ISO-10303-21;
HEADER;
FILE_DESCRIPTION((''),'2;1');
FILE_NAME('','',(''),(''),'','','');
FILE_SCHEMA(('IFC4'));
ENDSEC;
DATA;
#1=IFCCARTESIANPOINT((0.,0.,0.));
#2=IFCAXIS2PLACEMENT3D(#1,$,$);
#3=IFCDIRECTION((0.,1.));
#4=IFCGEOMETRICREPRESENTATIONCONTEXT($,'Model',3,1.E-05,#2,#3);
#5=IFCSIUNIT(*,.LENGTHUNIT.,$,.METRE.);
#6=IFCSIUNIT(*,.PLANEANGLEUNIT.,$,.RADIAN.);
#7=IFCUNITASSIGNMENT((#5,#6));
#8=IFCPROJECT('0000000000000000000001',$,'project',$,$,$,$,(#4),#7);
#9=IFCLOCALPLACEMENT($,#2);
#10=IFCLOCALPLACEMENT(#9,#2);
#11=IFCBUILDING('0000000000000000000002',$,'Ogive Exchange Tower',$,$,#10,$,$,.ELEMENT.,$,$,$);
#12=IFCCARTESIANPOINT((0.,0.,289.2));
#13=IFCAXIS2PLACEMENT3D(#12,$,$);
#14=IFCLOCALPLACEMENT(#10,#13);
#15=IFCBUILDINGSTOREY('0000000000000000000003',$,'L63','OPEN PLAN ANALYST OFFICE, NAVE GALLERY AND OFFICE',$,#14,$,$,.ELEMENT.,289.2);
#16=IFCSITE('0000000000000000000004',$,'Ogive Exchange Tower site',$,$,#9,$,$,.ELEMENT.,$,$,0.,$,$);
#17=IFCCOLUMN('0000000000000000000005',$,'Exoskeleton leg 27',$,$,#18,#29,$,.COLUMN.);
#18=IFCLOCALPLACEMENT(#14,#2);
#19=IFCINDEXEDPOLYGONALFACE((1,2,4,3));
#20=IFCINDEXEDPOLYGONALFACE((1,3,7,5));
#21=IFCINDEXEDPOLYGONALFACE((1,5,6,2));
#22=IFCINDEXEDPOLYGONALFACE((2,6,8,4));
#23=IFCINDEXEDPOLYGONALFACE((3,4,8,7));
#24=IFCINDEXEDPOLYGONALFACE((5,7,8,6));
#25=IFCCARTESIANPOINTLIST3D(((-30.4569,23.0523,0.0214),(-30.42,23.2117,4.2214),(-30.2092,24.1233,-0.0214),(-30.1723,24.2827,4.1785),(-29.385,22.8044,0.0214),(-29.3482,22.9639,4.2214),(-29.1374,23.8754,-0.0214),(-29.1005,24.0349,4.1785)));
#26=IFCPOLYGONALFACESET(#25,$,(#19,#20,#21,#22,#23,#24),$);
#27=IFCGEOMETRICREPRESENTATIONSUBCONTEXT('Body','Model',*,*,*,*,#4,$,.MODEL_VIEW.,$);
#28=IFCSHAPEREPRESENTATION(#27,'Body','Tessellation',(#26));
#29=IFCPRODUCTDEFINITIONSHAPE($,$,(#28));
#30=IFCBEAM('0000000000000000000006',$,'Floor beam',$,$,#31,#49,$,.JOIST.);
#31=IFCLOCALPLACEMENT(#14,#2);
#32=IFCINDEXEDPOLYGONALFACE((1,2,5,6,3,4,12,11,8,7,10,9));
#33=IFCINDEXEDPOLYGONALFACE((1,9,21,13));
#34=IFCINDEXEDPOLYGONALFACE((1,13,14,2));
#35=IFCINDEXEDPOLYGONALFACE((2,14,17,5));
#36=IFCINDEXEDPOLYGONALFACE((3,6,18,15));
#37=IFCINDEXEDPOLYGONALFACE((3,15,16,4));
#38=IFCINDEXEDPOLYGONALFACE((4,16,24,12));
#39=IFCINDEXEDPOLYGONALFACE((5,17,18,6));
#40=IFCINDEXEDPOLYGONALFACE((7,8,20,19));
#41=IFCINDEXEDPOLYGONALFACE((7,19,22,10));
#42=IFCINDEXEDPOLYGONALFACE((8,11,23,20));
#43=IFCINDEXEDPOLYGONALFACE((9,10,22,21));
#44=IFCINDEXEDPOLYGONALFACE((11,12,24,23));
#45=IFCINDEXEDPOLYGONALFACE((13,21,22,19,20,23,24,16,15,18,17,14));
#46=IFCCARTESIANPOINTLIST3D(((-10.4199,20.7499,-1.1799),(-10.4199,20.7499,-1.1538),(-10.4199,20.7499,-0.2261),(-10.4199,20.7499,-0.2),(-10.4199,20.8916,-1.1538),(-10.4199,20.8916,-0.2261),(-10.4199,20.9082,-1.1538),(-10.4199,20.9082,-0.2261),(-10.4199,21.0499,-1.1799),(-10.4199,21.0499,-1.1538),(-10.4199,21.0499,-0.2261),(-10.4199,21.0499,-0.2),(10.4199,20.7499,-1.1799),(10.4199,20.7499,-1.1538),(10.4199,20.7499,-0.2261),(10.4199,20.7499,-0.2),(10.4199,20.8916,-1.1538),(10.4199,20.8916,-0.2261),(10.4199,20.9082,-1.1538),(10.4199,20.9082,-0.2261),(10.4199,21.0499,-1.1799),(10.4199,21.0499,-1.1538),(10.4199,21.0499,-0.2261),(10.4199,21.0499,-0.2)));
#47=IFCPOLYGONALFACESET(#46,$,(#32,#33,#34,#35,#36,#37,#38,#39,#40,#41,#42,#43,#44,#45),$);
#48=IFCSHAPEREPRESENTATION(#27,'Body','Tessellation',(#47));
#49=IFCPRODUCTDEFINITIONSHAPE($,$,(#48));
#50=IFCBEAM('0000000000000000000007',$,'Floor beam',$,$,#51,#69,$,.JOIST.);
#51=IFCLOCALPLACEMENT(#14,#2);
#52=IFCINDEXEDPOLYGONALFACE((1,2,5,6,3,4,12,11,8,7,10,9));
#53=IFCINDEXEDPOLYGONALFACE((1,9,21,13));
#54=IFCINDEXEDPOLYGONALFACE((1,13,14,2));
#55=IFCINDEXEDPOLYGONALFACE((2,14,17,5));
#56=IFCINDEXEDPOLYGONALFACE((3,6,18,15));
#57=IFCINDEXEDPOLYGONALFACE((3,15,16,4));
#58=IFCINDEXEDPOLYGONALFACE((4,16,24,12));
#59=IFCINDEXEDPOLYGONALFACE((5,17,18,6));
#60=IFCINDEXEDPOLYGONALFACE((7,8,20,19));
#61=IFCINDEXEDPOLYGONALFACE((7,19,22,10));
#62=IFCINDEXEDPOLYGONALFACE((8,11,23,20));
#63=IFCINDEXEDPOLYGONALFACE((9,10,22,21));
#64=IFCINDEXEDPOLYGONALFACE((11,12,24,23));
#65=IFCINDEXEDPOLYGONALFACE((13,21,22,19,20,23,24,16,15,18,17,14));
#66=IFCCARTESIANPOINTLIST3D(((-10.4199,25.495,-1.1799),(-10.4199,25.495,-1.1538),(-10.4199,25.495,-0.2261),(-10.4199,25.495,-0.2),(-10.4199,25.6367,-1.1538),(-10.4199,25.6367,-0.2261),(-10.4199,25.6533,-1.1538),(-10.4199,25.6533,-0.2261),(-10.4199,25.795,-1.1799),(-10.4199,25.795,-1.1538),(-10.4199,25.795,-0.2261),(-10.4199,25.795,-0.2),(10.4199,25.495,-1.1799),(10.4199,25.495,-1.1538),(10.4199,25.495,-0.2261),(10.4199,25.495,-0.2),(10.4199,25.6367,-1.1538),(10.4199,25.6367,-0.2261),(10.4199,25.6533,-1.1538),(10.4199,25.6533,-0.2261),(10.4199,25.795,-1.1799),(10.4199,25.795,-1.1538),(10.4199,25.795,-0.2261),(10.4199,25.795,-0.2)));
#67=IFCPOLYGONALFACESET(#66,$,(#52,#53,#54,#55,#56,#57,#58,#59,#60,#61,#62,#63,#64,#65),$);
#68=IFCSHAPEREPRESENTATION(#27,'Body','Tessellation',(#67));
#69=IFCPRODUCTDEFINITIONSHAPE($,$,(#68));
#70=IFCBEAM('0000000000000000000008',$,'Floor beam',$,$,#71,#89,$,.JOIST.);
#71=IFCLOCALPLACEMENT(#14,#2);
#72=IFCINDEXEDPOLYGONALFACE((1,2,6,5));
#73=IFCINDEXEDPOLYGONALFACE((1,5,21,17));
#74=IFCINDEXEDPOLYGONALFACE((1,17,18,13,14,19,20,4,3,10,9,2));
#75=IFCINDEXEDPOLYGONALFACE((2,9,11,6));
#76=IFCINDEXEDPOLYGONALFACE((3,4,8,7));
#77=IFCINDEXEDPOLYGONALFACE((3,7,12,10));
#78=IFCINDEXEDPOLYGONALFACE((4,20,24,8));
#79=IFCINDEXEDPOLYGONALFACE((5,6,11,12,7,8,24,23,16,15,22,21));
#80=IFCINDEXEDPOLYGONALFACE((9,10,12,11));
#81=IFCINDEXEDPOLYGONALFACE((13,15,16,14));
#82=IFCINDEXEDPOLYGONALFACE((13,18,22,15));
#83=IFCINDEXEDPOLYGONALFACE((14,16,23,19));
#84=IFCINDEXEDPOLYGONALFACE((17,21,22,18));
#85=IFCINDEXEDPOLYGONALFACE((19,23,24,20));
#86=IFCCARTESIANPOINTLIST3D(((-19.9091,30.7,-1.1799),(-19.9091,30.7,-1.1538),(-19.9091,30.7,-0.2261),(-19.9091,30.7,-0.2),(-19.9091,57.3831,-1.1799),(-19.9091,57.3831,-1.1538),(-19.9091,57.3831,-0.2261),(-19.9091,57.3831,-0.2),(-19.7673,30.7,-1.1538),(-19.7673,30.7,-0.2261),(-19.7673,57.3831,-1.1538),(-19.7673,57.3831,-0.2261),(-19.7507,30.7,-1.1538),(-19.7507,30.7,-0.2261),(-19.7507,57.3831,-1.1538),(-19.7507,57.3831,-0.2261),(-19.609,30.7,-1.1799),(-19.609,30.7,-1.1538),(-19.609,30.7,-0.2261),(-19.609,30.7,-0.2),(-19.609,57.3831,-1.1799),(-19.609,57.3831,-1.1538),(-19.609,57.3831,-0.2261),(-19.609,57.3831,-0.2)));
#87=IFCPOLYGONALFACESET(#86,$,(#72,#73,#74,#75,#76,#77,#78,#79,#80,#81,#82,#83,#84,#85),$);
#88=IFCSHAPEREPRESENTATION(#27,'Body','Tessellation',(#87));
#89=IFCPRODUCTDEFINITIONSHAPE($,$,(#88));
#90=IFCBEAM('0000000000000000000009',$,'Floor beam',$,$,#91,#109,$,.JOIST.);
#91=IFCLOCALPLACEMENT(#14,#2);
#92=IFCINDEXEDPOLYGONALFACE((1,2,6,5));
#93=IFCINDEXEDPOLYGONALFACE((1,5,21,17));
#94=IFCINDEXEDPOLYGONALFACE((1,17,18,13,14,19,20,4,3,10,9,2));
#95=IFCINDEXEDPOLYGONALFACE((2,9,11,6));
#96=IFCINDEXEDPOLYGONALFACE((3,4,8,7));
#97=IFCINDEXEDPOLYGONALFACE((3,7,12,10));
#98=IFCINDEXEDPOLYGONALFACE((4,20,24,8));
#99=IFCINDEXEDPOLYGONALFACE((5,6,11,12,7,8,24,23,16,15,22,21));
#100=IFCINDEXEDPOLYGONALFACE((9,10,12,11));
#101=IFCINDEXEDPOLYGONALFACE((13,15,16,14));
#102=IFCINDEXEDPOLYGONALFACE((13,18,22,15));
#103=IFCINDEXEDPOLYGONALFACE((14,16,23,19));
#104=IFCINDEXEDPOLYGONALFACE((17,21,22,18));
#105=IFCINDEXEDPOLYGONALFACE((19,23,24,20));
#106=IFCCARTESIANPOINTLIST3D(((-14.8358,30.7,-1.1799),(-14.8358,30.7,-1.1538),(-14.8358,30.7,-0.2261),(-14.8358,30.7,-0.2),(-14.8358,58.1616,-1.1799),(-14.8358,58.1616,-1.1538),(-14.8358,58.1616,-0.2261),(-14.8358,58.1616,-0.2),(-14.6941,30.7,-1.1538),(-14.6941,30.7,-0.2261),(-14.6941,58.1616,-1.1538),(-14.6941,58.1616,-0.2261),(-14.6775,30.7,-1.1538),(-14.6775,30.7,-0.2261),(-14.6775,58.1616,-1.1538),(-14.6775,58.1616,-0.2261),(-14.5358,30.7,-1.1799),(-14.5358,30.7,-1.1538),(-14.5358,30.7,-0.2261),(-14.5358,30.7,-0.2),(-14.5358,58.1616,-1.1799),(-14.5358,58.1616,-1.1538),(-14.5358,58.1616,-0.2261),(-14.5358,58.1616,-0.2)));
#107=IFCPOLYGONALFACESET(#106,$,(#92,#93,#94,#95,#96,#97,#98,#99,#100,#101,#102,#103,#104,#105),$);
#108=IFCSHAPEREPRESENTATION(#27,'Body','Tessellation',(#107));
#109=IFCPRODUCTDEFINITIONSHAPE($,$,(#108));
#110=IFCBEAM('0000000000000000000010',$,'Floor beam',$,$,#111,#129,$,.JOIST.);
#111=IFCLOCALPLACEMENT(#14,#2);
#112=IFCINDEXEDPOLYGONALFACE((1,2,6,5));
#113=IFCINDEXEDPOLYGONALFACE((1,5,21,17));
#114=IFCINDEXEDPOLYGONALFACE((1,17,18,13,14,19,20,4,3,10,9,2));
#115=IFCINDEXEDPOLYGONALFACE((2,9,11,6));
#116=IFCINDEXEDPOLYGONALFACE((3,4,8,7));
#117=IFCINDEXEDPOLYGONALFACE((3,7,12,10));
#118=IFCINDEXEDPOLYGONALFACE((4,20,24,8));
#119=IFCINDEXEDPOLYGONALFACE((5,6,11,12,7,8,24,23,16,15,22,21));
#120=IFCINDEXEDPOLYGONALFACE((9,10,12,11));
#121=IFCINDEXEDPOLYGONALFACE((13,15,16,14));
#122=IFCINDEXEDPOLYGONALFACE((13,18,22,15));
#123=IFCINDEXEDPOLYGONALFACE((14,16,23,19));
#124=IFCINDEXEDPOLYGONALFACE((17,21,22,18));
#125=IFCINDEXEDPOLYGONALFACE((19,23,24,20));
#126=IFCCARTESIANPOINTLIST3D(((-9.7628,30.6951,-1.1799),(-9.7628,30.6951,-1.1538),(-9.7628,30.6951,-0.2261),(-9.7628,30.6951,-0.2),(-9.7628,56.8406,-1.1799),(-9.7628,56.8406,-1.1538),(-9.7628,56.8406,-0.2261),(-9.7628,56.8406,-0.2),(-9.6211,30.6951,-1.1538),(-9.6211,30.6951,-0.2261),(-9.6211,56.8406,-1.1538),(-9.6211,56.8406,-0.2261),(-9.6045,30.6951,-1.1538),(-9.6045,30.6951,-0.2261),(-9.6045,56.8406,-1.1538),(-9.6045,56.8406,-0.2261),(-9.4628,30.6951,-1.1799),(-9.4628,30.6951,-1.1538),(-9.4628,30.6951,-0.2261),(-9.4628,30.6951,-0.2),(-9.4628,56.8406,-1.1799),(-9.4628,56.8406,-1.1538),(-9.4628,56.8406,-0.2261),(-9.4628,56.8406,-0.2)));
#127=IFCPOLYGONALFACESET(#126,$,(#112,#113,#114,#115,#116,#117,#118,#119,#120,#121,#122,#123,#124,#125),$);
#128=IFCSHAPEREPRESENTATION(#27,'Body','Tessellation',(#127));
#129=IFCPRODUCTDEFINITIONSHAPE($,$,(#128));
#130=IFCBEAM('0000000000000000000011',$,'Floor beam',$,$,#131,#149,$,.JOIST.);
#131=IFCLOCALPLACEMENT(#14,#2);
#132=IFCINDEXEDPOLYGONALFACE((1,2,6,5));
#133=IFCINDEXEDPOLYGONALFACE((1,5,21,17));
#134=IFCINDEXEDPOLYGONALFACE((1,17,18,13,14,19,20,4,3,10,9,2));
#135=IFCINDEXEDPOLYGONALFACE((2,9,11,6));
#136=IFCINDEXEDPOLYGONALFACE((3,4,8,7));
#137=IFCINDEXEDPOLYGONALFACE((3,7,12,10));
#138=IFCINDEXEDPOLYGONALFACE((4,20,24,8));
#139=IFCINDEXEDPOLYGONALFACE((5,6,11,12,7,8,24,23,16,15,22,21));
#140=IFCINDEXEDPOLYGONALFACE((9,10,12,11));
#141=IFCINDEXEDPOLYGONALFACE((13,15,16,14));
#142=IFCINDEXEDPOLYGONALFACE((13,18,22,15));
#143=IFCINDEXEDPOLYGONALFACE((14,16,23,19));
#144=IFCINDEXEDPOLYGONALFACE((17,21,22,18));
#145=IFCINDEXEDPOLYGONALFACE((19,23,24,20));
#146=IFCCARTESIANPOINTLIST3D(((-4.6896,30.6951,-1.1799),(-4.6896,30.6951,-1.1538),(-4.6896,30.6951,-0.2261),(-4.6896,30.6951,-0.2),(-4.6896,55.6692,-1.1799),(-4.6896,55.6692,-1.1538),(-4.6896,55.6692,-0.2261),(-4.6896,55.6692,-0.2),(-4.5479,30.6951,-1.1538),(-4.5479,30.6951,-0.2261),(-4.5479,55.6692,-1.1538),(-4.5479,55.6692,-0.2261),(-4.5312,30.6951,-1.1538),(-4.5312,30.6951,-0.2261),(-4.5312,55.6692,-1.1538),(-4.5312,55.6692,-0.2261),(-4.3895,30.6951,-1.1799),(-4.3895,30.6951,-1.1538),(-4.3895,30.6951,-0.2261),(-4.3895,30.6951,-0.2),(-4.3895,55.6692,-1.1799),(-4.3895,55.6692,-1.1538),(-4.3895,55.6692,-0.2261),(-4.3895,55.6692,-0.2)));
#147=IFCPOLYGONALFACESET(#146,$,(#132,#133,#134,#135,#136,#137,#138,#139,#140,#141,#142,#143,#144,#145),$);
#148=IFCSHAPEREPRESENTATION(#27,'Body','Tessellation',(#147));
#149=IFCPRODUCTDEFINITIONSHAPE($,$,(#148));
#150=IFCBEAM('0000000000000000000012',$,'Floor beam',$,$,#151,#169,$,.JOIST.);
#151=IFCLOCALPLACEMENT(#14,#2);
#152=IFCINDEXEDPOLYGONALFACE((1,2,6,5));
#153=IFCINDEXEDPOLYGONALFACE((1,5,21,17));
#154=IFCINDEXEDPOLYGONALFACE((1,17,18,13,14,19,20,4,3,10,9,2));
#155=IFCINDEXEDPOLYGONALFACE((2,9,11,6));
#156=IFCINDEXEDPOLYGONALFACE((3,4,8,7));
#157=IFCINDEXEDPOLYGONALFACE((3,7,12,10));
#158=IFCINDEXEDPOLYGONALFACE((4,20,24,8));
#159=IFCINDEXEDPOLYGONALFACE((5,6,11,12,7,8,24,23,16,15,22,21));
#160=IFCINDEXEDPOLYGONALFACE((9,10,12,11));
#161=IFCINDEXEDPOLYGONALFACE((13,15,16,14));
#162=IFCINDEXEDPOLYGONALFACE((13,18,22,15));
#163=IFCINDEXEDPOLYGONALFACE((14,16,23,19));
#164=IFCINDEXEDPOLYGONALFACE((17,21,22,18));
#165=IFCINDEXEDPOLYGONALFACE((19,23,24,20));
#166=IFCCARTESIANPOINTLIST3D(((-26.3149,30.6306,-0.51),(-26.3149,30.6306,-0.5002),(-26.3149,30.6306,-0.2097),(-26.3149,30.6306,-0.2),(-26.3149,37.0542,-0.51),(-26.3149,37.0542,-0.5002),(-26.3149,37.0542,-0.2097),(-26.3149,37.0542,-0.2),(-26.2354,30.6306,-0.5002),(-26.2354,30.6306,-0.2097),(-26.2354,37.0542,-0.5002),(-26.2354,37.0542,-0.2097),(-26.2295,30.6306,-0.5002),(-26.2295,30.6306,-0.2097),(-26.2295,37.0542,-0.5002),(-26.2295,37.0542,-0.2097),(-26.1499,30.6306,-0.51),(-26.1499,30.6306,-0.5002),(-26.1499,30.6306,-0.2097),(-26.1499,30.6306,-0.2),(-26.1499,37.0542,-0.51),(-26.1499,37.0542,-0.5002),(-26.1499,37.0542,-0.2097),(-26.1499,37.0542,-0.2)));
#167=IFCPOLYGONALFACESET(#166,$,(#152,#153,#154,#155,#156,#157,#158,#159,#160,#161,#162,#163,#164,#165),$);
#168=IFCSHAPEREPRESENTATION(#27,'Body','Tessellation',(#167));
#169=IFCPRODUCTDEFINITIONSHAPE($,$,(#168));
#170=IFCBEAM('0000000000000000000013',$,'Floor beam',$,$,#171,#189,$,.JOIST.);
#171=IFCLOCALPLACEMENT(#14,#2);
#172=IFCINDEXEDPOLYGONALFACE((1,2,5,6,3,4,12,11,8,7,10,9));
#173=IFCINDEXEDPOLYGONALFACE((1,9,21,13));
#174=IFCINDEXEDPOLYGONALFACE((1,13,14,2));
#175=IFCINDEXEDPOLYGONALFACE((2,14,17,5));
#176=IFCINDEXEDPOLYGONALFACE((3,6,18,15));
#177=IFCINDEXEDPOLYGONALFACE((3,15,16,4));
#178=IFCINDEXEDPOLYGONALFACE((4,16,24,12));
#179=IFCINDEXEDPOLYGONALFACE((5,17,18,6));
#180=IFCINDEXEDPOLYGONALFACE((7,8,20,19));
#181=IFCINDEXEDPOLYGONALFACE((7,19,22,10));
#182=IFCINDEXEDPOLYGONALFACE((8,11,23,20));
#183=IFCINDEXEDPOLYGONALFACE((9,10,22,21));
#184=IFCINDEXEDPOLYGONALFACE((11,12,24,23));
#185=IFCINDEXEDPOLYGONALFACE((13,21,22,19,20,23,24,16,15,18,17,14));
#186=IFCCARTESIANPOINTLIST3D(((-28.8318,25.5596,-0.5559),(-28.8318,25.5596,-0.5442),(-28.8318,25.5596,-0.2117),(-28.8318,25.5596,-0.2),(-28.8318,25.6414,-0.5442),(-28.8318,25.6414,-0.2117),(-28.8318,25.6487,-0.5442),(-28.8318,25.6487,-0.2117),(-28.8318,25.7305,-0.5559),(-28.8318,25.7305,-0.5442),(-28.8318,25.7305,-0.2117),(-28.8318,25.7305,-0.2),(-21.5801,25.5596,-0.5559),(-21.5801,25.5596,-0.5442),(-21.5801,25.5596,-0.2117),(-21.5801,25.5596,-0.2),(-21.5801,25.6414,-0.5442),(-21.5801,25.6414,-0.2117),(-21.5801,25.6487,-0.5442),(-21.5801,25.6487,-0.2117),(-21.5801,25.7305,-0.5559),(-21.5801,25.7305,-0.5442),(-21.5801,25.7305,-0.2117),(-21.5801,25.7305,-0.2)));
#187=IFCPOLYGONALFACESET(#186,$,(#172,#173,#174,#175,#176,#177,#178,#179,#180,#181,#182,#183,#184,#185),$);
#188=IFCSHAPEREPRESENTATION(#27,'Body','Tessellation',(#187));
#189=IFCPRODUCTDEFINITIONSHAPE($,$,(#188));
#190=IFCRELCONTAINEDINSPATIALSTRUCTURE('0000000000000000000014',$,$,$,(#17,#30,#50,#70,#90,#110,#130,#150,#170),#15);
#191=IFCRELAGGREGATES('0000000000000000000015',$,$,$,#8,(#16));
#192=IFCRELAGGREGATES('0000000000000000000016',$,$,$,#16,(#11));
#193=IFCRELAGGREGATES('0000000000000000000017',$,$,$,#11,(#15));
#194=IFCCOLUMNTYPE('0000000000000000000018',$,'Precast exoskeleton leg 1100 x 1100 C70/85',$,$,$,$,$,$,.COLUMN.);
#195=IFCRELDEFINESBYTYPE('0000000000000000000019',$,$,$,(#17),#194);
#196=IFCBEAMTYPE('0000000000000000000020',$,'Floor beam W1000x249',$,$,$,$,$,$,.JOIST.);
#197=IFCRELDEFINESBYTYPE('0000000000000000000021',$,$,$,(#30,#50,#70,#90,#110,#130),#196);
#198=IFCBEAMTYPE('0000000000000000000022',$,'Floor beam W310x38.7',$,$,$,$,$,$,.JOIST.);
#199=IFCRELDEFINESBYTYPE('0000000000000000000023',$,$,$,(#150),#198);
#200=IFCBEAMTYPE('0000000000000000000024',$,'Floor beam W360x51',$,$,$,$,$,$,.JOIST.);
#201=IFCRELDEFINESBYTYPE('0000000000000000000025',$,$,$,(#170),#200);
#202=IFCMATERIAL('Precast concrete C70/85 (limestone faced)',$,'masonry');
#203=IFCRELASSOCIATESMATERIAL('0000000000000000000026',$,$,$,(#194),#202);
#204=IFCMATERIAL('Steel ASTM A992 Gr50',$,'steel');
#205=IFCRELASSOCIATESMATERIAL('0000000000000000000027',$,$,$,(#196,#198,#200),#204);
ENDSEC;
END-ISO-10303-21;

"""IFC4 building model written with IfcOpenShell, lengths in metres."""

from ifc_helpers import new_model, si_unit, direction, frame, origin, origin_2d, place, context, subcontext, project, spatial, rectangle, i_section, extrude, material, material_profile, profile_set, type_object, element, save


model = new_model("IFC4")

# Units and contexts
model_context = context("Model", 3, precision=1e-05, world=origin(), true_north=direction((0.0, 1.0)))
body_context = subcontext(model_context, "Body", "Model", "MODEL_VIEW")
ifc_project = project(units=[si_unit("LENGTHUNIT", "METRE"), si_unit("PLANEANGLEUNIT", "RADIAN")], contexts=[model_context])

# Site, building, storey
site_placement = place(None, origin())
site = spatial("IfcSite", under=ifc_project, at=site_placement, Name="Ogive Exchange Tower site", CompositionType="ELEMENT", RefElevation=0.0)
building_placement = place(site_placement, origin())
building = spatial("IfcBuilding", under=site, at=building_placement, Name="Ogive Exchange Tower", CompositionType="ELEMENT")
storey_placement = place(building_placement, frame((0.0, 0.0, 289.2)))
storey = spatial("IfcBuildingStorey", under=building, at=storey_placement, Name="L63", Description="OPEN PLAN ANALYST OFFICE, NAVE GALLERY AND OFFICE", CompositionType="ELEMENT", Elevation=289.2)

# Column
ifc_material_1 = material(Name="Precast concrete C70/85 (limestone faced)", Category="masonry")
ifc_material_profile_1 = material_profile(ifc_material_1, rectangle(XDim=1.1001, YDim=1.1001, at=origin_2d()), Name="1100 x 1100")
ifc_profile_set_1 = profile_set([ifc_material_profile_1], Name="Precast concrete C70/85 (limestone faced)")
column_type = type_object("IfcColumnType", Name="Precast exoskeleton leg 1100 x 1100 C70/85", PredefinedType="COLUMN", material=ifc_profile_set_1)
column_placement = place(storey_placement, frame((-29.7971, 23.4639, 0.0), z_axis=(0.008771, 0.03793, 0.999242), x_axis=(-0.974291, 0.225295, 0.0)))
element("IfcColumn", 1, at=column_placement, inside=storey, type_object=column_type, Name="Exoskeleton leg 27", PredefinedType="COLUMN", context=body_context, shape_type="SweptSolid", body=[
    extrude(rectangle(XDim=1.1001, YDim=1.1001, at=origin_2d()), origin(), (0.0, 0.0, 1.0), 4.2031),
])

# Beams
ifc_material_2 = material(Name="Steel ASTM A992 Gr50", Category="steel")
ifc_material_profile_2 = material_profile(ifc_material_2, i_section(OverallWidth=0.3, OverallDepth=0.98, WebThickness=0.0166, FlangeThickness=0.0261, at=origin_2d()), Name="W1000x249")
ifc_profile_set_2 = profile_set([ifc_material_profile_2], Name="Steel ASTM A992 Gr50")
beam_type_1 = type_object("IfcBeamType", Name="Floor beam W1000x249", PredefinedType="JOIST", material=ifc_profile_set_2)
for number, where, z_axis, x_axis, name in (
    (2, (-10.4199, 20.8999, -0.6899), (1.0, 0.0, 0.0), (0.0, 1.0, 0.0), "Floor beam"),
    (3, (-10.4199, 25.645, -0.6899), (1.0, 0.0, 0.0), (0.0, 1.0, 0.0), "Floor beam"),
):
    element("IfcBeam", number, at=place(storey_placement, frame(where, z_axis=z_axis, x_axis=x_axis)), inside=storey, type_object=beam_type_1, Name=name, PredefinedType="JOIST", context=body_context, shape_type="SweptSolid", body=[
        extrude(i_section(OverallWidth=0.3, OverallDepth=0.98, WebThickness=0.0166, FlangeThickness=0.0261, at=origin_2d()), origin(), (0.0, 0.0, 1.0), 20.8398),
    ])
beam_1_placement = place(storey_placement, frame((-19.759, 30.7, -0.6899), z_axis=(0.0, 1.0, 0.0), x_axis=(-1.0, 0.0, 0.0)))
element("IfcBeam", 4, at=beam_1_placement, inside=storey, type_object=beam_type_1, Name="Floor beam", PredefinedType="JOIST", context=body_context, shape_type="SweptSolid", body=[
    extrude(i_section(OverallWidth=0.3, OverallDepth=0.98, WebThickness=0.0166, FlangeThickness=0.0261, at=origin_2d()), origin(), (0.0, 0.0, 1.0), 26.6831),
])
beam_2_placement = place(storey_placement, frame((-14.6858, 30.7, -0.6899), z_axis=(0.0, 1.0, 0.0), x_axis=(-1.0, 0.0, 0.0)))
element("IfcBeam", 5, at=beam_2_placement, inside=storey, type_object=beam_type_1, Name="Floor beam", PredefinedType="JOIST", context=body_context, shape_type="SweptSolid", body=[
    extrude(i_section(OverallWidth=0.3, OverallDepth=0.98, WebThickness=0.0166, FlangeThickness=0.0261, at=origin_2d()), origin(), (0.0, 0.0, 1.0), 27.4617),
])
beam_3_placement = place(storey_placement, frame((-9.6128, 30.6951, -0.6899), z_axis=(0.0, 1.0, 0.0), x_axis=(-1.0, 0.0, 0.0)))
element("IfcBeam", 6, at=beam_3_placement, inside=storey, type_object=beam_type_1, Name="Floor beam", PredefinedType="JOIST", context=body_context, shape_type="SweptSolid", body=[
    extrude(i_section(OverallWidth=0.3, OverallDepth=0.98, WebThickness=0.0166, FlangeThickness=0.0261, at=origin_2d()), origin(), (0.0, 0.0, 1.0), 26.1455),
])
beam_4_placement = place(storey_placement, frame((-4.5396, 30.6951, -0.6899), z_axis=(0.0, 1.0, 0.0), x_axis=(-1.0, 0.0, 0.0)))
element("IfcBeam", 7, at=beam_4_placement, inside=storey, type_object=beam_type_1, Name="Floor beam", PredefinedType="JOIST", context=body_context, shape_type="SweptSolid", body=[
    extrude(i_section(OverallWidth=0.3, OverallDepth=0.98, WebThickness=0.0166, FlangeThickness=0.0261, at=origin_2d()), origin(), (0.0, 0.0, 1.0), 24.9741),
])
ifc_material_profile_3 = material_profile(ifc_material_2, i_section(OverallWidth=0.165, OverallDepth=0.3101, WebThickness=0.0059, FlangeThickness=0.0098, at=origin_2d()), Name="W310x38.7")
ifc_profile_set_3 = profile_set([ifc_material_profile_3], Name="Steel ASTM A992 Gr50")
beam_type_2 = type_object("IfcBeamType", Name="Floor beam W310x38.7", PredefinedType="JOIST", material=ifc_profile_set_3)
beam_5_placement = place(storey_placement, frame((-26.2324, 30.6306, -0.355), z_axis=(0.0, 1.0, 0.0), x_axis=(-1.0, 0.0, 0.0)))
element("IfcBeam", 8, at=beam_5_placement, inside=storey, type_object=beam_type_2, Name="Floor beam", PredefinedType="JOIST", context=body_context, shape_type="SweptSolid", body=[
    extrude(i_section(OverallWidth=0.165, OverallDepth=0.3101, WebThickness=0.0059, FlangeThickness=0.0098, at=origin_2d()), origin(), (0.0, 0.0, 1.0), 6.4236),
])
ifc_material_profile_4 = material_profile(ifc_material_2, i_section(OverallWidth=0.1709, OverallDepth=0.356, WebThickness=0.0073, FlangeThickness=0.0117, at=origin_2d()), Name="W360x51")
ifc_profile_set_4 = profile_set([ifc_material_profile_4], Name="Steel ASTM A992 Gr50")
beam_type_3 = type_object("IfcBeamType", Name="Floor beam W360x51", PredefinedType="JOIST", material=ifc_profile_set_4)
beam_6_placement = place(storey_placement, frame((-28.8318, 25.645, -0.3779), z_axis=(1.0, 0.0, 0.0), x_axis=(0.0, 1.0, 0.0)))
element("IfcBeam", 9, at=beam_6_placement, inside=storey, type_object=beam_type_3, Name="Floor beam", PredefinedType="JOIST", context=body_context, shape_type="SweptSolid", body=[
    extrude(i_section(OverallWidth=0.1709, OverallDepth=0.356, WebThickness=0.0073, FlangeThickness=0.0117, at=origin_2d()), origin(), (0.0, 0.0, 1.0), 7.2517),
])

save(model, "model.ifc")
